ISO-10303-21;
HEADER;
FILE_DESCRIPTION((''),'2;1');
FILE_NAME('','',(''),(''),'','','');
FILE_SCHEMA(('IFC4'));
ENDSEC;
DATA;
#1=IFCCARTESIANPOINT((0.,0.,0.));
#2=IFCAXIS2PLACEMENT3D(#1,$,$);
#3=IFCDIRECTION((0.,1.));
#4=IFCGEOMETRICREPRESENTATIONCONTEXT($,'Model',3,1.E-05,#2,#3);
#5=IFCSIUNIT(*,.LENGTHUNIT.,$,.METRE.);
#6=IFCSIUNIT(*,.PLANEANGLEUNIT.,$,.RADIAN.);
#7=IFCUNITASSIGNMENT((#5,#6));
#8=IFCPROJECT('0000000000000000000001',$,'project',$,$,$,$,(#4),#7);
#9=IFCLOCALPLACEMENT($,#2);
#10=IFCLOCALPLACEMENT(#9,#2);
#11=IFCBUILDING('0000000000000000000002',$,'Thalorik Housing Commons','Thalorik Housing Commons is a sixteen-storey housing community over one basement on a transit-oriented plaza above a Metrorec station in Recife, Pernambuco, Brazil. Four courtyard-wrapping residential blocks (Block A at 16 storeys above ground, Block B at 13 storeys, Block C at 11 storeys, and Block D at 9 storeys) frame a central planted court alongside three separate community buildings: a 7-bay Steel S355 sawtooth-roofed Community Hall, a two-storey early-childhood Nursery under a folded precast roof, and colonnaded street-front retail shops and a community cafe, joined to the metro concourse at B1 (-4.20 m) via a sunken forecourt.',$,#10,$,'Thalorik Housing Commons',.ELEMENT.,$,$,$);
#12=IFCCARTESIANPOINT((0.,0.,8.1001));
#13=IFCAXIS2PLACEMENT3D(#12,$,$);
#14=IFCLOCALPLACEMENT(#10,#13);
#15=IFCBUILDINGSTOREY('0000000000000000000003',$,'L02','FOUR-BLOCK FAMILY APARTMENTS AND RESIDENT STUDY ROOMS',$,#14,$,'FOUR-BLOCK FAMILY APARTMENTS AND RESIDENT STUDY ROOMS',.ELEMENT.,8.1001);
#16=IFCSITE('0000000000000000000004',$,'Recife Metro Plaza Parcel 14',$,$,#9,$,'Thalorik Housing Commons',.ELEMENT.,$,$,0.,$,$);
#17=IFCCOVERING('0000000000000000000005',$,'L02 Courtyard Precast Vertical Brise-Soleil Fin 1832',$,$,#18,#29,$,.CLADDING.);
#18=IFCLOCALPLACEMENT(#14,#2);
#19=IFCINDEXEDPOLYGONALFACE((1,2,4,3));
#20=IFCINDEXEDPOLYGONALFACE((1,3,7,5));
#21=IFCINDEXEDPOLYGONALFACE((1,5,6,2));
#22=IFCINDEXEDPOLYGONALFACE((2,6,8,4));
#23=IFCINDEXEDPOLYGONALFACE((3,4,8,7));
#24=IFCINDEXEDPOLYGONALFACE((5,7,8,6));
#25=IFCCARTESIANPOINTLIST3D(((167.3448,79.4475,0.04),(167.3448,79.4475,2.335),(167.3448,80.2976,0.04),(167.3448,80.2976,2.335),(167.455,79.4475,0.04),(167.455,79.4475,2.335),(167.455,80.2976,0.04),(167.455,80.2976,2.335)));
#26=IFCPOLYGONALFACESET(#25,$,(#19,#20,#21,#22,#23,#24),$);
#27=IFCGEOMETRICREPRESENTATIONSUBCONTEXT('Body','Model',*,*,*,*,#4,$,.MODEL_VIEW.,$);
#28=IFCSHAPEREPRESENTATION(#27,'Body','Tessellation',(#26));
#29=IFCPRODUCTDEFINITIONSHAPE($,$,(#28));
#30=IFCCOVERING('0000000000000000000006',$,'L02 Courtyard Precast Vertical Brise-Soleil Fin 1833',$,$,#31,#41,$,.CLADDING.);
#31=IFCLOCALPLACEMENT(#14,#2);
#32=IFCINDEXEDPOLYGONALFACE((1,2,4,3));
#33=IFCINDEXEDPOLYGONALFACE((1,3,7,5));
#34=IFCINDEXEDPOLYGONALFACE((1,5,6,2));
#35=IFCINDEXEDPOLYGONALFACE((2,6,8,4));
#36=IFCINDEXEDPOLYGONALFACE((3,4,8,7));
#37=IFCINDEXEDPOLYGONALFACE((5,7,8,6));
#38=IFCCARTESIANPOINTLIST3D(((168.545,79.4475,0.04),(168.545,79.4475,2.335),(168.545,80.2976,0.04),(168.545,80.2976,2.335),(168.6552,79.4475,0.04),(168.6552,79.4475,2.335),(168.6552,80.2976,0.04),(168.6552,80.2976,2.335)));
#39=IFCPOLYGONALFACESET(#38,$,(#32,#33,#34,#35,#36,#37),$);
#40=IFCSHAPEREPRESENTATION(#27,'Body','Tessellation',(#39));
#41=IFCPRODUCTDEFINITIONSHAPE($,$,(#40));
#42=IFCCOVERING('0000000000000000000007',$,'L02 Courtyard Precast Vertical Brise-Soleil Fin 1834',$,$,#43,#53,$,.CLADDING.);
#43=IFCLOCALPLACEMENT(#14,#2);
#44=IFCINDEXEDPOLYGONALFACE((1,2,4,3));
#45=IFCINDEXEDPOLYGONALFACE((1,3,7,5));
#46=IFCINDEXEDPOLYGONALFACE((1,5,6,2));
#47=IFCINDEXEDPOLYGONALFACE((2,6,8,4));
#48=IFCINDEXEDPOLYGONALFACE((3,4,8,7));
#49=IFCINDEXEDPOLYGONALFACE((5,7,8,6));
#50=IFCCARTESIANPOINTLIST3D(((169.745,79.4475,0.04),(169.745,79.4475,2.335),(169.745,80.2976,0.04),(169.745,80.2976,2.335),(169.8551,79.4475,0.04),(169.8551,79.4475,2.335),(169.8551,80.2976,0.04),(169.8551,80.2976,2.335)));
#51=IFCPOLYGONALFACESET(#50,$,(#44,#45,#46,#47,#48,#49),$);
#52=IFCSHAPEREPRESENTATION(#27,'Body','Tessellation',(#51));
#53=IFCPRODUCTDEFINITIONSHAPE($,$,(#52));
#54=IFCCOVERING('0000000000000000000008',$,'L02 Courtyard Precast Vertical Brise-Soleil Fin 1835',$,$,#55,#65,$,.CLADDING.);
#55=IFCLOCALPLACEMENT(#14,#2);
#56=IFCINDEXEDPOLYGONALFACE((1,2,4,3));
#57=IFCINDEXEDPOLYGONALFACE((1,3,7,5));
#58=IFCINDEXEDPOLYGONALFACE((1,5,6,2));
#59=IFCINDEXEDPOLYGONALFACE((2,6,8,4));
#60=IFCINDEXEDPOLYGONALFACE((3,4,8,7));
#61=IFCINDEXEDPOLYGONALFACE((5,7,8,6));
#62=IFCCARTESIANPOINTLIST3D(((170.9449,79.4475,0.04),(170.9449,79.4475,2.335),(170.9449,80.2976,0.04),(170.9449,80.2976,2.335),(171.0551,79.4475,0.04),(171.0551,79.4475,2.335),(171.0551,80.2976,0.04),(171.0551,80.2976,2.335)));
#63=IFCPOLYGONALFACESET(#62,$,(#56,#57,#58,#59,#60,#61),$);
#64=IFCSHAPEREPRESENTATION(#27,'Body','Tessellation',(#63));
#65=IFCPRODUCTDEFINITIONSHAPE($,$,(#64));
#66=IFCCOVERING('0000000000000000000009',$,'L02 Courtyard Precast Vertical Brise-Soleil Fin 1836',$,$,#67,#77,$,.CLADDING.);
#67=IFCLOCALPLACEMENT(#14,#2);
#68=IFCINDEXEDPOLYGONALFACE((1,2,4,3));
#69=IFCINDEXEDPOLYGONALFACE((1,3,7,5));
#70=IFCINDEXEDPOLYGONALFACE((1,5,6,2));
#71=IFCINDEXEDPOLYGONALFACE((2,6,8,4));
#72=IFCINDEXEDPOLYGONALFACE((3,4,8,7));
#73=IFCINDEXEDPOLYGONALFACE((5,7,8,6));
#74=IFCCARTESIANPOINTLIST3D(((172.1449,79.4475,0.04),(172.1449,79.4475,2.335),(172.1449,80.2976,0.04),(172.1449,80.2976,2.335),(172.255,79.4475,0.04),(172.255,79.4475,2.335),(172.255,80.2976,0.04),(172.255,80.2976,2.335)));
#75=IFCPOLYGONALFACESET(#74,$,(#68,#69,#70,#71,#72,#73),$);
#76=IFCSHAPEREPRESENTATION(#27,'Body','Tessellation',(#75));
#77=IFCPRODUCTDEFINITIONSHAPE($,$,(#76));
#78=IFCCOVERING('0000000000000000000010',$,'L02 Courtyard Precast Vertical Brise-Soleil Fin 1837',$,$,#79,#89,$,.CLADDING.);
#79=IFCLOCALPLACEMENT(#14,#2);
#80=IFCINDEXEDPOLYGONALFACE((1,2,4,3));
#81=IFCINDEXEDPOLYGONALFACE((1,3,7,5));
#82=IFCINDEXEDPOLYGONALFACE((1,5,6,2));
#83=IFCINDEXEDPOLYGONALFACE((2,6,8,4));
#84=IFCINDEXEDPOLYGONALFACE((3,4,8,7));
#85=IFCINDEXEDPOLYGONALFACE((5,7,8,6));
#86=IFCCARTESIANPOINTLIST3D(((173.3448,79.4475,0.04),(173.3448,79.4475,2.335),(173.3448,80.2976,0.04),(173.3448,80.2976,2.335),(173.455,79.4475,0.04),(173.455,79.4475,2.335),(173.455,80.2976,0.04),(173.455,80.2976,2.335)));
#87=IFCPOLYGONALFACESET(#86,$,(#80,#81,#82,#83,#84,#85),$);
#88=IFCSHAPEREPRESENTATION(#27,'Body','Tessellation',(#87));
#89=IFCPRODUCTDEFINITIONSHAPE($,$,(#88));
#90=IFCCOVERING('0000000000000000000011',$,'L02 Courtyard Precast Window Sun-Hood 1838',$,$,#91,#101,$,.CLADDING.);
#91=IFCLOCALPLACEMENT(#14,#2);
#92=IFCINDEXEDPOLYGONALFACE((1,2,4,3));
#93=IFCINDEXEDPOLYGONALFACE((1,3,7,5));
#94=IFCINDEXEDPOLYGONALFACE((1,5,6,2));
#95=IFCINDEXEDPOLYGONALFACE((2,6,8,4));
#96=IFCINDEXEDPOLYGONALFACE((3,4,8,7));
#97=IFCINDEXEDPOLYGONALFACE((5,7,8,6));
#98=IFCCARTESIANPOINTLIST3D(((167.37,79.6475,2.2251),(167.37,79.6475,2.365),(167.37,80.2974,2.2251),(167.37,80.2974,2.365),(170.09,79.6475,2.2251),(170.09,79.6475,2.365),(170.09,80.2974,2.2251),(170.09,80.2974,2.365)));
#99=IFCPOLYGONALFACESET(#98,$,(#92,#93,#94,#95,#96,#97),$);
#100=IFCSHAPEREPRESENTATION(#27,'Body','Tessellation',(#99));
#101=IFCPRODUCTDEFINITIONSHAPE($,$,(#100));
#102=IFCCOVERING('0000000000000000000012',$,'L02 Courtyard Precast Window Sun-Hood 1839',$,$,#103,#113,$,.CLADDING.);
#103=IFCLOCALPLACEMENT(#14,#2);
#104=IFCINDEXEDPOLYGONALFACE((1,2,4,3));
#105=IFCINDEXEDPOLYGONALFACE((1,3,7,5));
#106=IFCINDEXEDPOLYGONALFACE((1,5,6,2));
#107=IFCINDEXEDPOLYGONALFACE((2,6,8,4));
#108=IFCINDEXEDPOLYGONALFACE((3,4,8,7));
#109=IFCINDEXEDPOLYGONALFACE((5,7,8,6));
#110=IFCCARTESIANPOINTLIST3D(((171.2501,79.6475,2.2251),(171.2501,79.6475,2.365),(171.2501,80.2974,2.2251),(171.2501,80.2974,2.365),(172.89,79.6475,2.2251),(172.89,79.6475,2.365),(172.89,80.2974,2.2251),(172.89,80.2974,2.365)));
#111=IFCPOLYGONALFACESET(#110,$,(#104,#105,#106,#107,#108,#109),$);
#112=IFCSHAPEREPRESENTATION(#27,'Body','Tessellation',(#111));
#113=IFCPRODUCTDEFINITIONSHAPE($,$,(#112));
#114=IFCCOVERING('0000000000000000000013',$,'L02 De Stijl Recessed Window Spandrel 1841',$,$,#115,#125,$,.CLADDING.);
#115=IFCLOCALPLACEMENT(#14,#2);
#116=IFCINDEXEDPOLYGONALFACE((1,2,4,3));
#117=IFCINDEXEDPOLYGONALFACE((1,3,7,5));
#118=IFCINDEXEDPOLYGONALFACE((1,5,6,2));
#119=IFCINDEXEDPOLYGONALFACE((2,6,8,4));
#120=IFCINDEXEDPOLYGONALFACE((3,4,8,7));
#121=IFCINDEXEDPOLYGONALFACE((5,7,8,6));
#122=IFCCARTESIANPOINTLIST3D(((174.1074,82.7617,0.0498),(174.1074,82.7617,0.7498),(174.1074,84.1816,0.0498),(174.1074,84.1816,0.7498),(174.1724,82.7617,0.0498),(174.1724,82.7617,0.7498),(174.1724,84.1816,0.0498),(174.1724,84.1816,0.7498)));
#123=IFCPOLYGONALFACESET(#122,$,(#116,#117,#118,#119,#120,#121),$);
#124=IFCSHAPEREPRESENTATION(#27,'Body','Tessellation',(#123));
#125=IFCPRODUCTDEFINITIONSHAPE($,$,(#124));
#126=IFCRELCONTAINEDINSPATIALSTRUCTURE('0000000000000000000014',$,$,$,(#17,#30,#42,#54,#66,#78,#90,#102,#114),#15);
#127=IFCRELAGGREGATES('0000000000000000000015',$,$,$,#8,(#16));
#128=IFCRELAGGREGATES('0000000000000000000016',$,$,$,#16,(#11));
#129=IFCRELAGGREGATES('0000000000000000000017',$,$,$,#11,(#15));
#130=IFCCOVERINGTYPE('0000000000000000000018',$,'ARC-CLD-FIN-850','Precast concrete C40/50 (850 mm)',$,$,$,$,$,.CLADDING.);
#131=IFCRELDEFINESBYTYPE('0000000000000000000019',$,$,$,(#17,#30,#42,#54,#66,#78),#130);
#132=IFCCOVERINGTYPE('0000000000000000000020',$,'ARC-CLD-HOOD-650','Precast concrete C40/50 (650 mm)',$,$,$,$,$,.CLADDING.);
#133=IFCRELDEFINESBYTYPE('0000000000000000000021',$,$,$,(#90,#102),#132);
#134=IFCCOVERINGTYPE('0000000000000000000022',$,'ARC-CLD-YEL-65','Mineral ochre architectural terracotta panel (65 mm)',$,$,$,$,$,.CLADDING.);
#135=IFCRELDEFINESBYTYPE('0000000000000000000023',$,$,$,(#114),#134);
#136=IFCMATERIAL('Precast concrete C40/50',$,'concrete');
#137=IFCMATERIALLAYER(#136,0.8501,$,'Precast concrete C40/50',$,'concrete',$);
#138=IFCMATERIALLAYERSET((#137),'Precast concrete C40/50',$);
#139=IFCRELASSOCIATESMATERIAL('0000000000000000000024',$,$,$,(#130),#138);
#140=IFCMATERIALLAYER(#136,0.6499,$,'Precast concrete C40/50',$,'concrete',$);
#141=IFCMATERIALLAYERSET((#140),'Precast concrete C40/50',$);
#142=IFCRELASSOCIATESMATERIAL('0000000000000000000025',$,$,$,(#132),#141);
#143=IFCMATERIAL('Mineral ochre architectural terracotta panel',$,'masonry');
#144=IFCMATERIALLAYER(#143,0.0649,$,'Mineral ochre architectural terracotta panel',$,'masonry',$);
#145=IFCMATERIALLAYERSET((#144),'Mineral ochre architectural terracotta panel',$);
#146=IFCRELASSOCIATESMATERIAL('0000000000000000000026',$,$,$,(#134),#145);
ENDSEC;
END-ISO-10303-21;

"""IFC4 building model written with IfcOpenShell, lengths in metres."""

from ifc_helpers import new_model, si_unit, direction, frame, origin, origin_2d, place, context, subcontext, project, spatial, rectangle, extrude, material, layer, layer_set, type_object, element, save


model = new_model("IFC4")

# Units and contexts
model_context = context("Model", 3, precision=1e-05, world=origin(), true_north=direction((0.0, 1.0)))
body_context = subcontext(model_context, "Body", "Model", "MODEL_VIEW")
ifc_project = project(units=[si_unit("LENGTHUNIT", "METRE"), si_unit("PLANEANGLEUNIT", "RADIAN")], contexts=[model_context])

# Site, building, storey
site_placement = place(None, origin())
site = spatial("IfcSite", under=ifc_project, at=site_placement, Name="Recife Metro Plaza Parcel 14", LongName="Thalorik Housing Commons", CompositionType="ELEMENT", RefElevation=0.0)
building_placement = place(site_placement, origin())
building = spatial("IfcBuilding", under=site, at=building_placement, Name="Thalorik Housing Commons", Description="Thalorik Housing Commons is a sixteen-storey housing community over one basement on a transit-oriented plaza above a Metrorec station in Recife, Pernambuco, Brazil. Four courtyard-wrapping residential blocks (Block A at 16 storeys above ground, Block B at 13 storeys, Block C at 11 storeys, and Block D at 9 storeys) frame a central planted court alongside three separate community buildings: a 7-bay Steel S355 sawtooth-roofed Community Hall, a two-storey early-childhood Nursery under a folded precast roof, and colonnaded street-front retail shops and a community cafe, joined to the metro concourse at B1 (-4.20 m) via a sunken forecourt.", LongName="Thalorik Housing Commons", CompositionType="ELEMENT")
storey_placement = place(building_placement, frame((0.0, 0.0, 8.1001)))
storey = spatial("IfcBuildingStorey", under=building, at=storey_placement, Name="L02", Description="FOUR-BLOCK FAMILY APARTMENTS AND RESIDENT STUDY ROOMS", LongName="FOUR-BLOCK FAMILY APARTMENTS AND RESIDENT STUDY ROOMS", CompositionType="ELEMENT", Elevation=8.1001)

# Shared definitions
ifc_material_1 = material(Name="Precast concrete C40/50", Category="concrete")

# Coverings
ifc_layer_1 = layer(ifc_material_1, 0.8501, Name="Precast concrete C40/50", Category="concrete")
ifc_layer_set_1 = layer_set([ifc_layer_1], Name="Precast concrete C40/50")
covering_type_1 = type_object("IfcCoveringType", Name="ARC-CLD-FIN-850", Description="Precast concrete C40/50 (850 mm)", PredefinedType="CLADDING", material=ifc_layer_set_1)
for number, where, z_axis, x_axis, name in (
    (1, (167.3999, 79.8726, 0.04), (0.0, 0.0, 1.0), (1.0, 0.0, 0.0), "L02 Courtyard Precast Vertical Brise-Soleil Fin 1832"),
    (2, (168.6001, 79.8726, 0.04), (0.0, 0.0, 1.0), (1.0, 0.0, 0.0), "L02 Courtyard Precast Vertical Brise-Soleil Fin 1833"),
    (3, (169.8, 79.8726, 0.04), (0.0, 0.0, 1.0), (1.0, 0.0, 0.0), "L02 Courtyard Precast Vertical Brise-Soleil Fin 1834"),
    (4, (171.0, 79.8726, 0.04), (0.0, 0.0, 1.0), (1.0, 0.0, 0.0), "L02 Courtyard Precast Vertical Brise-Soleil Fin 1835"),
    (5, (172.2, 79.8726, 0.04), (0.0, 0.0, 1.0), (1.0, 0.0, 0.0), "L02 Courtyard Precast Vertical Brise-Soleil Fin 1836"),
    (6, (173.3999, 79.8726, 0.04), (0.0, 0.0, 1.0), (1.0, 0.0, 0.0), "L02 Courtyard Precast Vertical Brise-Soleil Fin 1837"),
):
    element("IfcCovering", number, at=place(storey_placement, frame(where, z_axis=z_axis, x_axis=x_axis)), inside=storey, type_object=covering_type_1, Name=name, PredefinedType="CLADDING", context=body_context, shape_type="SweptSolid", body=[
        extrude(rectangle(XDim=0.1101, YDim=0.8501, at=origin_2d()), origin(), (0.0, 0.0, 1.0), 2.2949),
    ])
ifc_layer_2 = layer(ifc_material_1, 0.6499, Name="Precast concrete C40/50", Category="concrete")
ifc_layer_set_2 = layer_set([ifc_layer_2], Name="Precast concrete C40/50")
covering_type_2 = type_object("IfcCoveringType", Name="ARC-CLD-HOOD-650", Description="Precast concrete C40/50 (650 mm)", PredefinedType="CLADDING", material=ifc_layer_set_2)
covering_1_placement = place(storey_placement, frame((168.73, 79.9724, 2.2251), z_axis=(0.0, 0.0, 1.0), x_axis=(1.0, 0.0, 0.0)))
element("IfcCovering", 7, at=covering_1_placement, inside=storey, type_object=covering_type_2, Name="L02 Courtyard Precast Window Sun-Hood 1838", PredefinedType="CLADDING", context=body_context, shape_type="SweptSolid", body=[
    extrude(rectangle(XDim=2.72, YDim=0.6499, at=origin_2d()), origin(), (0.0, 0.0, 1.0), 0.1399),
])
covering_2_placement = place(storey_placement, frame((172.0701, 79.9724, 2.2251), z_axis=(0.0, 0.0, 1.0), x_axis=(1.0, 0.0, 0.0)))
element("IfcCovering", 8, at=covering_2_placement, inside=storey, type_object=covering_type_2, Name="L02 Courtyard Precast Window Sun-Hood 1839", PredefinedType="CLADDING", context=body_context, shape_type="SweptSolid", body=[
    extrude(rectangle(XDim=1.6399, YDim=0.6499, at=origin_2d()), origin(), (0.0, 0.0, 1.0), 0.1399),
])
ifc_material_2 = material(Name="Mineral ochre architectural terracotta panel", Category="masonry")
ifc_layer_3 = layer(ifc_material_2, 0.0649, Name="Mineral ochre architectural terracotta panel", Category="masonry")
ifc_layer_set_3 = layer_set([ifc_layer_3], Name="Mineral ochre architectural terracotta panel")
covering_type_3 = type_object("IfcCoveringType", Name="ARC-CLD-YEL-65", Description="Mineral ochre architectural terracotta panel (65 mm)", PredefinedType="CLADDING", material=ifc_layer_set_3)
covering_3_placement = place(storey_placement, frame((174.1399, 83.4717, 0.0498), z_axis=(0.0, 0.0, 1.0), x_axis=(0.0, 1.0, 0.0)))
element("IfcCovering", 9, at=covering_3_placement, inside=storey, type_object=covering_type_3, Name="L02 De Stijl Recessed Window Spandrel 1841", PredefinedType="CLADDING", context=body_context, shape_type="SweptSolid", body=[
    extrude(rectangle(XDim=1.4199, YDim=0.0649, at=origin_2d()), origin(), (0.0, 0.0, 1.0), 0.7),
])

save(model, "model.ifc")
